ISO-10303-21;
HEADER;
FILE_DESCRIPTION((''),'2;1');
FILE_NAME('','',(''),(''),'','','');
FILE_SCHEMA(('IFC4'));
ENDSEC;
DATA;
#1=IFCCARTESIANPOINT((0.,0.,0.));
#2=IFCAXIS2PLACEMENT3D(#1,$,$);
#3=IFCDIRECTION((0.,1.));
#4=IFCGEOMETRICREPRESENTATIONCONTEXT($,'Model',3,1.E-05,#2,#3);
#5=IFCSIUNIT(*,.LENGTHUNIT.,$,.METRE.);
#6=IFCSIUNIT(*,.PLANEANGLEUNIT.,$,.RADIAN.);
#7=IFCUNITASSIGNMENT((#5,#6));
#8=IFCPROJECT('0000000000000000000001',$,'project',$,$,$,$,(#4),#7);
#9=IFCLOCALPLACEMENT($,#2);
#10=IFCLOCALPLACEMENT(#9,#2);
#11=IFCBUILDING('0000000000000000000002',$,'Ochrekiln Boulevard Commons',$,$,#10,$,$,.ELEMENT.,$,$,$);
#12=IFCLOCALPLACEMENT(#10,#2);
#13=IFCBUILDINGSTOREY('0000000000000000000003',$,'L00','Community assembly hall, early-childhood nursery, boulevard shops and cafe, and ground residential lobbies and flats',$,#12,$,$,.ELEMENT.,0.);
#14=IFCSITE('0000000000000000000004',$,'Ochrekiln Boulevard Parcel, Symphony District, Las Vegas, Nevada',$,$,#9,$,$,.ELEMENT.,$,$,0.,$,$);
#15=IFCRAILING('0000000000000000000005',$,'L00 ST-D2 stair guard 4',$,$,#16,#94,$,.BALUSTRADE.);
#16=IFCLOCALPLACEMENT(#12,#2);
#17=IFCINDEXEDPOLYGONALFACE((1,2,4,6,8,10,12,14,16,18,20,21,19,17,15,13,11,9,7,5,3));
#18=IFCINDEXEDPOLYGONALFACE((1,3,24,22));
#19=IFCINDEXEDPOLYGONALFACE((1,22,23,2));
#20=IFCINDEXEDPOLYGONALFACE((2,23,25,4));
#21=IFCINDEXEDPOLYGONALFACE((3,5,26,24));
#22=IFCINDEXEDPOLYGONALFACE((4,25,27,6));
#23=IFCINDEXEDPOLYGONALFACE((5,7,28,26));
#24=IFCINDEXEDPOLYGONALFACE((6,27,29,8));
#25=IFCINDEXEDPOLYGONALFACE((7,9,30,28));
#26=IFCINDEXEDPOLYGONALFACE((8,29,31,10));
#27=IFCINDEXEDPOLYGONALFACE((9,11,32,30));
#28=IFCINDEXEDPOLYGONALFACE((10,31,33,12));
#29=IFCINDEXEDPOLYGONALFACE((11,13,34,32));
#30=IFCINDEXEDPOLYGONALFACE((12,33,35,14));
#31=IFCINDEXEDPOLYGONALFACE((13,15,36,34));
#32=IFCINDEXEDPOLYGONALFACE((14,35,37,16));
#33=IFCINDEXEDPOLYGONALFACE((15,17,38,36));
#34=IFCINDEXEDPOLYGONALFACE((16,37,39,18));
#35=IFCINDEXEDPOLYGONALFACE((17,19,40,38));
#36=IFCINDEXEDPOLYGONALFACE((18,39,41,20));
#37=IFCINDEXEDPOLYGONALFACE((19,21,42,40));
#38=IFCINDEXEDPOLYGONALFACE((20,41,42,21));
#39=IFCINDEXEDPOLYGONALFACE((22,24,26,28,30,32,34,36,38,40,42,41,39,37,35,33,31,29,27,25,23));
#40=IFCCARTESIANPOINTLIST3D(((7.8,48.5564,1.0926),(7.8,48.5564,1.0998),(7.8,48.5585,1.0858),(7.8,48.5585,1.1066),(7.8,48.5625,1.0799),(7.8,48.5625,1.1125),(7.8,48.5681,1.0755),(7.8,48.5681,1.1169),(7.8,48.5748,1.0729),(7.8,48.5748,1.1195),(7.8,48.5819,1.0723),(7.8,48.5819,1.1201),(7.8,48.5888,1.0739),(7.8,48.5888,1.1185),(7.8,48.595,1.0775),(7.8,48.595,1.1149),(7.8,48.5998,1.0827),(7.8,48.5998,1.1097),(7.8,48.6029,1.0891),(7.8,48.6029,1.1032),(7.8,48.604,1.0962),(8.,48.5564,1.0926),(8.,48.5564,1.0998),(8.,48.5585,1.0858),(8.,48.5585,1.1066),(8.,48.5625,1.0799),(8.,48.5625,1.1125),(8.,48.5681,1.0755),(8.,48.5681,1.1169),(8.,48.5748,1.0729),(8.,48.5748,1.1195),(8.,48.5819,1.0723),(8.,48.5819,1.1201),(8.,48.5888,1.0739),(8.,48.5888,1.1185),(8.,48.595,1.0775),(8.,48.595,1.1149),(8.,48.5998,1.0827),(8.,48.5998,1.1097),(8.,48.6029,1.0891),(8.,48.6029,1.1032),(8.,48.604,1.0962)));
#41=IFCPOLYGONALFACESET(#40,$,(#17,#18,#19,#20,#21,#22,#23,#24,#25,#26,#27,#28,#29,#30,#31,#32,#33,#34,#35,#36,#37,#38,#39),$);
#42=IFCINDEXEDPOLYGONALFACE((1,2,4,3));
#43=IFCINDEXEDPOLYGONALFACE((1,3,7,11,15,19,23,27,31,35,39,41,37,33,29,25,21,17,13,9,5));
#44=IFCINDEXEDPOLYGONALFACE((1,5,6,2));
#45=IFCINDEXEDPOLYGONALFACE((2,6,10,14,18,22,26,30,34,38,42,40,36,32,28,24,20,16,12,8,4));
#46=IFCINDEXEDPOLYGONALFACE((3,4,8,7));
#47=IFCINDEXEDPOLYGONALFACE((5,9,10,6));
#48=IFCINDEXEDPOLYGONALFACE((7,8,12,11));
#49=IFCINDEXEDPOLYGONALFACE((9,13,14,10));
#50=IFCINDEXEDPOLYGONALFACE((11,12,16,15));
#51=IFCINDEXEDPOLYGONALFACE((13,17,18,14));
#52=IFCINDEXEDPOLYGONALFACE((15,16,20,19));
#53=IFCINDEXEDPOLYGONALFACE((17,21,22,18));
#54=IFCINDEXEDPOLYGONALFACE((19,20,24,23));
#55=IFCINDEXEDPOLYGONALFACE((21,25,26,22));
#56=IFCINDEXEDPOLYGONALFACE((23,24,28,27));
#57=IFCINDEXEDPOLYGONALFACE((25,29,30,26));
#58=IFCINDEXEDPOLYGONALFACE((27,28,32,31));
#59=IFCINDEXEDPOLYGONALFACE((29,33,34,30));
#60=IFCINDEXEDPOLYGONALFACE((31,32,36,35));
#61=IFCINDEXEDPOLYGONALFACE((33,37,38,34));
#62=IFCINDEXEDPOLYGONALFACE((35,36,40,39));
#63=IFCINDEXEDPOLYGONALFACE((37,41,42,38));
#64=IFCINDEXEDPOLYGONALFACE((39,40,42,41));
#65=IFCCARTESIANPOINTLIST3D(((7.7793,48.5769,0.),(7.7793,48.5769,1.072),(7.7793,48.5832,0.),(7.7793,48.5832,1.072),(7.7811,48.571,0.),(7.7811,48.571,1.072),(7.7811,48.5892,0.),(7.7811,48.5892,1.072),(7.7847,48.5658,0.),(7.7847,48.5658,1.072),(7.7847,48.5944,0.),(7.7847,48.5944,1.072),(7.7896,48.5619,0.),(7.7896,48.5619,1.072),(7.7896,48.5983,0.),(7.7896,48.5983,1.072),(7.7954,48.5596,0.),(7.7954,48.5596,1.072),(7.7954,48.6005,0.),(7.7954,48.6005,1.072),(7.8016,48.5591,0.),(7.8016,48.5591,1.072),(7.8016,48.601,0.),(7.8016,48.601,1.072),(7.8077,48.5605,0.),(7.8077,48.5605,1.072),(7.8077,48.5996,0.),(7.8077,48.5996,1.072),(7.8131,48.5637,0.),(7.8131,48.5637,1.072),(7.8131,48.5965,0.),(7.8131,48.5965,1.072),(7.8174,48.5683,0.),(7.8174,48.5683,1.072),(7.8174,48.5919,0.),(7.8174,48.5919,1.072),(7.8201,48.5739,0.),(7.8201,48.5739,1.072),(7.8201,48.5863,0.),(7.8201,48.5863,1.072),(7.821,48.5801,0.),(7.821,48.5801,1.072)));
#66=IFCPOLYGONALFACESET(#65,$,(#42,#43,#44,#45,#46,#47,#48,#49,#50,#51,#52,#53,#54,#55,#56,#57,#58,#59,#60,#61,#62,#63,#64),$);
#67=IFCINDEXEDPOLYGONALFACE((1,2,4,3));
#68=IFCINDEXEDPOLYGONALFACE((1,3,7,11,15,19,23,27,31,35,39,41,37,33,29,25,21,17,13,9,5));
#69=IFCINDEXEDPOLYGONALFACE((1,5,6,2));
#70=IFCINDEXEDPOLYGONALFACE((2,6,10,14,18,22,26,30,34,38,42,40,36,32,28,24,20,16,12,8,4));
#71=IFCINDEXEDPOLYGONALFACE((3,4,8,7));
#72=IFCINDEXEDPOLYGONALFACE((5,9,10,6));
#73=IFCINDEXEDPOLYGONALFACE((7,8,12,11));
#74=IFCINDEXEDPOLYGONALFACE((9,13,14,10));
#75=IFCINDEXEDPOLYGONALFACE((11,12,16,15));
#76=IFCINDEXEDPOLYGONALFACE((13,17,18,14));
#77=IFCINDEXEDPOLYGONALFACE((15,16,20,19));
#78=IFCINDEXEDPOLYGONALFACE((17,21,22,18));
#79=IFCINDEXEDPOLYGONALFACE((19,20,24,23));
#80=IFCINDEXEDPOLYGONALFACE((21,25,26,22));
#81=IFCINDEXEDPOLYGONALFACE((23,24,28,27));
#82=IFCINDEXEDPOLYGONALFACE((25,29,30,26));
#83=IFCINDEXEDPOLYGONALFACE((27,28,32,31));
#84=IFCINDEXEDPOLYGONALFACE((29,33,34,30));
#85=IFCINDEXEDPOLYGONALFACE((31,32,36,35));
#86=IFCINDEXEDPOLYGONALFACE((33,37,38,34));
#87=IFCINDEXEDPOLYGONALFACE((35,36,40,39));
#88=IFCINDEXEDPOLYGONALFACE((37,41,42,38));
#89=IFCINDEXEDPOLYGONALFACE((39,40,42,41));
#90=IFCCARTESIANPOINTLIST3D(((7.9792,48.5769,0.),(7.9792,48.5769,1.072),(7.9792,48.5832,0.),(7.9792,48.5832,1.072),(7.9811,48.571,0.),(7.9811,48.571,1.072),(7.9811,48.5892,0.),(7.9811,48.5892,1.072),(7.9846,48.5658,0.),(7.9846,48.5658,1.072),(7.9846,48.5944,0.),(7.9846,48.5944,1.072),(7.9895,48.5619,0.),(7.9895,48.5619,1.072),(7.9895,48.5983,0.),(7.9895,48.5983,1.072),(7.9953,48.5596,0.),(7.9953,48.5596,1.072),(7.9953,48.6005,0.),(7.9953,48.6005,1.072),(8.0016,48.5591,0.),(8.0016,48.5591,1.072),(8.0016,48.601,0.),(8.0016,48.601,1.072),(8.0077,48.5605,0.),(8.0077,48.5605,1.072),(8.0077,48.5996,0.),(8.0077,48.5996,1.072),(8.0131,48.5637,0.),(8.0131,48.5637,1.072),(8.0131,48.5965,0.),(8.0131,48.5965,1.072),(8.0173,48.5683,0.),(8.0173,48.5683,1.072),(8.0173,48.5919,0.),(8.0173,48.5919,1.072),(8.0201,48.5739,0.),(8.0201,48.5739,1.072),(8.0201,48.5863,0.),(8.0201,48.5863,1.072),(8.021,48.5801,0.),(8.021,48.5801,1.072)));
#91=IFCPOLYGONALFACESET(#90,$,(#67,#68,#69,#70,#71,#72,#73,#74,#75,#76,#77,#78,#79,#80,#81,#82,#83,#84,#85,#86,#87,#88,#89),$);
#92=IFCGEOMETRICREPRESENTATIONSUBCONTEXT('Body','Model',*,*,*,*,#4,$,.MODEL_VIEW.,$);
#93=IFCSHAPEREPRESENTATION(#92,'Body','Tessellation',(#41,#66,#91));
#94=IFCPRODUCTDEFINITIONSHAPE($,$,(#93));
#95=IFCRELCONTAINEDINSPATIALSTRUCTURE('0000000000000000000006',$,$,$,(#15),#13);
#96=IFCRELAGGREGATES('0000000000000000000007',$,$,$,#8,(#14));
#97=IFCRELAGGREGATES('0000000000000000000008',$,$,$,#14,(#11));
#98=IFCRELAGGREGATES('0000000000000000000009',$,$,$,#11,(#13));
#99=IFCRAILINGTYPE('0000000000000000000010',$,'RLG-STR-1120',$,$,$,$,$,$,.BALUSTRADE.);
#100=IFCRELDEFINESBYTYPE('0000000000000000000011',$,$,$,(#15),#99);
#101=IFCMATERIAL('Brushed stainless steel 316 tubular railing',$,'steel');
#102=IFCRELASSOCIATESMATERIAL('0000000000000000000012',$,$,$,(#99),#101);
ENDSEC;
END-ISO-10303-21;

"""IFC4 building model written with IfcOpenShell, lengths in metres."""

from ifc_helpers import new_model, si_unit, direction, frame, origin, origin_2d, place, context, subcontext, project, spatial, circle, extrude, material, type_object, element, save


model = new_model("IFC4")

# Units and contexts
model_context = context("Model", 3, precision=1e-05, world=origin(), true_north=direction((0.0, 1.0)))
body_context = subcontext(model_context, "Body", "Model", "MODEL_VIEW")
ifc_project = project(units=[si_unit("LENGTHUNIT", "METRE"), si_unit("PLANEANGLEUNIT", "RADIAN")], contexts=[model_context])

# Site, building, storey
site_placement = place(None, origin())
site = spatial("IfcSite", under=ifc_project, at=site_placement, Name="Ochrekiln Boulevard Parcel, Symphony District, Las Vegas, Nevada", CompositionType="ELEMENT", RefElevation=0.0)
building_placement = place(site_placement, origin())
building = spatial("IfcBuilding", under=site, at=building_placement, Name="Ochrekiln Boulevard Commons", CompositionType="ELEMENT")
storey_placement = place(building_placement, origin())
storey = spatial("IfcBuildingStorey", under=building, at=storey_placement, Name="L00", Description="Community assembly hall, early-childhood nursery, boulevard shops and cafe, and ground residential lobbies and flats", CompositionType="ELEMENT", Elevation=0.0)

# Railing
ifc_material_1 = material(Name="Brushed stainless steel 316 tubular railing", Category="steel")
railing_type = type_object("IfcRailingType", Name="RLG-STR-1120", PredefinedType="BALUSTRADE", material=ifc_material_1)
railing_placement = place(storey_placement, frame((7.8, 48.5801, 0.0)))
element("IfcRailing", 1, at=railing_placement, inside=storey, type_object=railing_type, Name="L00 ST-D2 stair guard 4", PredefinedType="BALUSTRADE", context=body_context, shape_type="SweptSolid", body=[
    extrude(circle(Radius=0.0239, at=origin_2d()), frame((0.0, 0.0, 1.0962), z_axis=(1.0, 0.0, 0.0), x_axis=(0.0, 1.0, 0.0)), (0.0, 0.0, 1.0), 0.2),
    extrude(circle(Radius=0.021, at=origin_2d()), origin(), (0.0, 0.0, 1.0), 1.072),
    extrude(circle(Radius=0.021, at=origin_2d()), frame((0.2, 0.0, 0.0)), (0.0, 0.0, 1.0), 1.072),
])

save(model, "model.ifc")
